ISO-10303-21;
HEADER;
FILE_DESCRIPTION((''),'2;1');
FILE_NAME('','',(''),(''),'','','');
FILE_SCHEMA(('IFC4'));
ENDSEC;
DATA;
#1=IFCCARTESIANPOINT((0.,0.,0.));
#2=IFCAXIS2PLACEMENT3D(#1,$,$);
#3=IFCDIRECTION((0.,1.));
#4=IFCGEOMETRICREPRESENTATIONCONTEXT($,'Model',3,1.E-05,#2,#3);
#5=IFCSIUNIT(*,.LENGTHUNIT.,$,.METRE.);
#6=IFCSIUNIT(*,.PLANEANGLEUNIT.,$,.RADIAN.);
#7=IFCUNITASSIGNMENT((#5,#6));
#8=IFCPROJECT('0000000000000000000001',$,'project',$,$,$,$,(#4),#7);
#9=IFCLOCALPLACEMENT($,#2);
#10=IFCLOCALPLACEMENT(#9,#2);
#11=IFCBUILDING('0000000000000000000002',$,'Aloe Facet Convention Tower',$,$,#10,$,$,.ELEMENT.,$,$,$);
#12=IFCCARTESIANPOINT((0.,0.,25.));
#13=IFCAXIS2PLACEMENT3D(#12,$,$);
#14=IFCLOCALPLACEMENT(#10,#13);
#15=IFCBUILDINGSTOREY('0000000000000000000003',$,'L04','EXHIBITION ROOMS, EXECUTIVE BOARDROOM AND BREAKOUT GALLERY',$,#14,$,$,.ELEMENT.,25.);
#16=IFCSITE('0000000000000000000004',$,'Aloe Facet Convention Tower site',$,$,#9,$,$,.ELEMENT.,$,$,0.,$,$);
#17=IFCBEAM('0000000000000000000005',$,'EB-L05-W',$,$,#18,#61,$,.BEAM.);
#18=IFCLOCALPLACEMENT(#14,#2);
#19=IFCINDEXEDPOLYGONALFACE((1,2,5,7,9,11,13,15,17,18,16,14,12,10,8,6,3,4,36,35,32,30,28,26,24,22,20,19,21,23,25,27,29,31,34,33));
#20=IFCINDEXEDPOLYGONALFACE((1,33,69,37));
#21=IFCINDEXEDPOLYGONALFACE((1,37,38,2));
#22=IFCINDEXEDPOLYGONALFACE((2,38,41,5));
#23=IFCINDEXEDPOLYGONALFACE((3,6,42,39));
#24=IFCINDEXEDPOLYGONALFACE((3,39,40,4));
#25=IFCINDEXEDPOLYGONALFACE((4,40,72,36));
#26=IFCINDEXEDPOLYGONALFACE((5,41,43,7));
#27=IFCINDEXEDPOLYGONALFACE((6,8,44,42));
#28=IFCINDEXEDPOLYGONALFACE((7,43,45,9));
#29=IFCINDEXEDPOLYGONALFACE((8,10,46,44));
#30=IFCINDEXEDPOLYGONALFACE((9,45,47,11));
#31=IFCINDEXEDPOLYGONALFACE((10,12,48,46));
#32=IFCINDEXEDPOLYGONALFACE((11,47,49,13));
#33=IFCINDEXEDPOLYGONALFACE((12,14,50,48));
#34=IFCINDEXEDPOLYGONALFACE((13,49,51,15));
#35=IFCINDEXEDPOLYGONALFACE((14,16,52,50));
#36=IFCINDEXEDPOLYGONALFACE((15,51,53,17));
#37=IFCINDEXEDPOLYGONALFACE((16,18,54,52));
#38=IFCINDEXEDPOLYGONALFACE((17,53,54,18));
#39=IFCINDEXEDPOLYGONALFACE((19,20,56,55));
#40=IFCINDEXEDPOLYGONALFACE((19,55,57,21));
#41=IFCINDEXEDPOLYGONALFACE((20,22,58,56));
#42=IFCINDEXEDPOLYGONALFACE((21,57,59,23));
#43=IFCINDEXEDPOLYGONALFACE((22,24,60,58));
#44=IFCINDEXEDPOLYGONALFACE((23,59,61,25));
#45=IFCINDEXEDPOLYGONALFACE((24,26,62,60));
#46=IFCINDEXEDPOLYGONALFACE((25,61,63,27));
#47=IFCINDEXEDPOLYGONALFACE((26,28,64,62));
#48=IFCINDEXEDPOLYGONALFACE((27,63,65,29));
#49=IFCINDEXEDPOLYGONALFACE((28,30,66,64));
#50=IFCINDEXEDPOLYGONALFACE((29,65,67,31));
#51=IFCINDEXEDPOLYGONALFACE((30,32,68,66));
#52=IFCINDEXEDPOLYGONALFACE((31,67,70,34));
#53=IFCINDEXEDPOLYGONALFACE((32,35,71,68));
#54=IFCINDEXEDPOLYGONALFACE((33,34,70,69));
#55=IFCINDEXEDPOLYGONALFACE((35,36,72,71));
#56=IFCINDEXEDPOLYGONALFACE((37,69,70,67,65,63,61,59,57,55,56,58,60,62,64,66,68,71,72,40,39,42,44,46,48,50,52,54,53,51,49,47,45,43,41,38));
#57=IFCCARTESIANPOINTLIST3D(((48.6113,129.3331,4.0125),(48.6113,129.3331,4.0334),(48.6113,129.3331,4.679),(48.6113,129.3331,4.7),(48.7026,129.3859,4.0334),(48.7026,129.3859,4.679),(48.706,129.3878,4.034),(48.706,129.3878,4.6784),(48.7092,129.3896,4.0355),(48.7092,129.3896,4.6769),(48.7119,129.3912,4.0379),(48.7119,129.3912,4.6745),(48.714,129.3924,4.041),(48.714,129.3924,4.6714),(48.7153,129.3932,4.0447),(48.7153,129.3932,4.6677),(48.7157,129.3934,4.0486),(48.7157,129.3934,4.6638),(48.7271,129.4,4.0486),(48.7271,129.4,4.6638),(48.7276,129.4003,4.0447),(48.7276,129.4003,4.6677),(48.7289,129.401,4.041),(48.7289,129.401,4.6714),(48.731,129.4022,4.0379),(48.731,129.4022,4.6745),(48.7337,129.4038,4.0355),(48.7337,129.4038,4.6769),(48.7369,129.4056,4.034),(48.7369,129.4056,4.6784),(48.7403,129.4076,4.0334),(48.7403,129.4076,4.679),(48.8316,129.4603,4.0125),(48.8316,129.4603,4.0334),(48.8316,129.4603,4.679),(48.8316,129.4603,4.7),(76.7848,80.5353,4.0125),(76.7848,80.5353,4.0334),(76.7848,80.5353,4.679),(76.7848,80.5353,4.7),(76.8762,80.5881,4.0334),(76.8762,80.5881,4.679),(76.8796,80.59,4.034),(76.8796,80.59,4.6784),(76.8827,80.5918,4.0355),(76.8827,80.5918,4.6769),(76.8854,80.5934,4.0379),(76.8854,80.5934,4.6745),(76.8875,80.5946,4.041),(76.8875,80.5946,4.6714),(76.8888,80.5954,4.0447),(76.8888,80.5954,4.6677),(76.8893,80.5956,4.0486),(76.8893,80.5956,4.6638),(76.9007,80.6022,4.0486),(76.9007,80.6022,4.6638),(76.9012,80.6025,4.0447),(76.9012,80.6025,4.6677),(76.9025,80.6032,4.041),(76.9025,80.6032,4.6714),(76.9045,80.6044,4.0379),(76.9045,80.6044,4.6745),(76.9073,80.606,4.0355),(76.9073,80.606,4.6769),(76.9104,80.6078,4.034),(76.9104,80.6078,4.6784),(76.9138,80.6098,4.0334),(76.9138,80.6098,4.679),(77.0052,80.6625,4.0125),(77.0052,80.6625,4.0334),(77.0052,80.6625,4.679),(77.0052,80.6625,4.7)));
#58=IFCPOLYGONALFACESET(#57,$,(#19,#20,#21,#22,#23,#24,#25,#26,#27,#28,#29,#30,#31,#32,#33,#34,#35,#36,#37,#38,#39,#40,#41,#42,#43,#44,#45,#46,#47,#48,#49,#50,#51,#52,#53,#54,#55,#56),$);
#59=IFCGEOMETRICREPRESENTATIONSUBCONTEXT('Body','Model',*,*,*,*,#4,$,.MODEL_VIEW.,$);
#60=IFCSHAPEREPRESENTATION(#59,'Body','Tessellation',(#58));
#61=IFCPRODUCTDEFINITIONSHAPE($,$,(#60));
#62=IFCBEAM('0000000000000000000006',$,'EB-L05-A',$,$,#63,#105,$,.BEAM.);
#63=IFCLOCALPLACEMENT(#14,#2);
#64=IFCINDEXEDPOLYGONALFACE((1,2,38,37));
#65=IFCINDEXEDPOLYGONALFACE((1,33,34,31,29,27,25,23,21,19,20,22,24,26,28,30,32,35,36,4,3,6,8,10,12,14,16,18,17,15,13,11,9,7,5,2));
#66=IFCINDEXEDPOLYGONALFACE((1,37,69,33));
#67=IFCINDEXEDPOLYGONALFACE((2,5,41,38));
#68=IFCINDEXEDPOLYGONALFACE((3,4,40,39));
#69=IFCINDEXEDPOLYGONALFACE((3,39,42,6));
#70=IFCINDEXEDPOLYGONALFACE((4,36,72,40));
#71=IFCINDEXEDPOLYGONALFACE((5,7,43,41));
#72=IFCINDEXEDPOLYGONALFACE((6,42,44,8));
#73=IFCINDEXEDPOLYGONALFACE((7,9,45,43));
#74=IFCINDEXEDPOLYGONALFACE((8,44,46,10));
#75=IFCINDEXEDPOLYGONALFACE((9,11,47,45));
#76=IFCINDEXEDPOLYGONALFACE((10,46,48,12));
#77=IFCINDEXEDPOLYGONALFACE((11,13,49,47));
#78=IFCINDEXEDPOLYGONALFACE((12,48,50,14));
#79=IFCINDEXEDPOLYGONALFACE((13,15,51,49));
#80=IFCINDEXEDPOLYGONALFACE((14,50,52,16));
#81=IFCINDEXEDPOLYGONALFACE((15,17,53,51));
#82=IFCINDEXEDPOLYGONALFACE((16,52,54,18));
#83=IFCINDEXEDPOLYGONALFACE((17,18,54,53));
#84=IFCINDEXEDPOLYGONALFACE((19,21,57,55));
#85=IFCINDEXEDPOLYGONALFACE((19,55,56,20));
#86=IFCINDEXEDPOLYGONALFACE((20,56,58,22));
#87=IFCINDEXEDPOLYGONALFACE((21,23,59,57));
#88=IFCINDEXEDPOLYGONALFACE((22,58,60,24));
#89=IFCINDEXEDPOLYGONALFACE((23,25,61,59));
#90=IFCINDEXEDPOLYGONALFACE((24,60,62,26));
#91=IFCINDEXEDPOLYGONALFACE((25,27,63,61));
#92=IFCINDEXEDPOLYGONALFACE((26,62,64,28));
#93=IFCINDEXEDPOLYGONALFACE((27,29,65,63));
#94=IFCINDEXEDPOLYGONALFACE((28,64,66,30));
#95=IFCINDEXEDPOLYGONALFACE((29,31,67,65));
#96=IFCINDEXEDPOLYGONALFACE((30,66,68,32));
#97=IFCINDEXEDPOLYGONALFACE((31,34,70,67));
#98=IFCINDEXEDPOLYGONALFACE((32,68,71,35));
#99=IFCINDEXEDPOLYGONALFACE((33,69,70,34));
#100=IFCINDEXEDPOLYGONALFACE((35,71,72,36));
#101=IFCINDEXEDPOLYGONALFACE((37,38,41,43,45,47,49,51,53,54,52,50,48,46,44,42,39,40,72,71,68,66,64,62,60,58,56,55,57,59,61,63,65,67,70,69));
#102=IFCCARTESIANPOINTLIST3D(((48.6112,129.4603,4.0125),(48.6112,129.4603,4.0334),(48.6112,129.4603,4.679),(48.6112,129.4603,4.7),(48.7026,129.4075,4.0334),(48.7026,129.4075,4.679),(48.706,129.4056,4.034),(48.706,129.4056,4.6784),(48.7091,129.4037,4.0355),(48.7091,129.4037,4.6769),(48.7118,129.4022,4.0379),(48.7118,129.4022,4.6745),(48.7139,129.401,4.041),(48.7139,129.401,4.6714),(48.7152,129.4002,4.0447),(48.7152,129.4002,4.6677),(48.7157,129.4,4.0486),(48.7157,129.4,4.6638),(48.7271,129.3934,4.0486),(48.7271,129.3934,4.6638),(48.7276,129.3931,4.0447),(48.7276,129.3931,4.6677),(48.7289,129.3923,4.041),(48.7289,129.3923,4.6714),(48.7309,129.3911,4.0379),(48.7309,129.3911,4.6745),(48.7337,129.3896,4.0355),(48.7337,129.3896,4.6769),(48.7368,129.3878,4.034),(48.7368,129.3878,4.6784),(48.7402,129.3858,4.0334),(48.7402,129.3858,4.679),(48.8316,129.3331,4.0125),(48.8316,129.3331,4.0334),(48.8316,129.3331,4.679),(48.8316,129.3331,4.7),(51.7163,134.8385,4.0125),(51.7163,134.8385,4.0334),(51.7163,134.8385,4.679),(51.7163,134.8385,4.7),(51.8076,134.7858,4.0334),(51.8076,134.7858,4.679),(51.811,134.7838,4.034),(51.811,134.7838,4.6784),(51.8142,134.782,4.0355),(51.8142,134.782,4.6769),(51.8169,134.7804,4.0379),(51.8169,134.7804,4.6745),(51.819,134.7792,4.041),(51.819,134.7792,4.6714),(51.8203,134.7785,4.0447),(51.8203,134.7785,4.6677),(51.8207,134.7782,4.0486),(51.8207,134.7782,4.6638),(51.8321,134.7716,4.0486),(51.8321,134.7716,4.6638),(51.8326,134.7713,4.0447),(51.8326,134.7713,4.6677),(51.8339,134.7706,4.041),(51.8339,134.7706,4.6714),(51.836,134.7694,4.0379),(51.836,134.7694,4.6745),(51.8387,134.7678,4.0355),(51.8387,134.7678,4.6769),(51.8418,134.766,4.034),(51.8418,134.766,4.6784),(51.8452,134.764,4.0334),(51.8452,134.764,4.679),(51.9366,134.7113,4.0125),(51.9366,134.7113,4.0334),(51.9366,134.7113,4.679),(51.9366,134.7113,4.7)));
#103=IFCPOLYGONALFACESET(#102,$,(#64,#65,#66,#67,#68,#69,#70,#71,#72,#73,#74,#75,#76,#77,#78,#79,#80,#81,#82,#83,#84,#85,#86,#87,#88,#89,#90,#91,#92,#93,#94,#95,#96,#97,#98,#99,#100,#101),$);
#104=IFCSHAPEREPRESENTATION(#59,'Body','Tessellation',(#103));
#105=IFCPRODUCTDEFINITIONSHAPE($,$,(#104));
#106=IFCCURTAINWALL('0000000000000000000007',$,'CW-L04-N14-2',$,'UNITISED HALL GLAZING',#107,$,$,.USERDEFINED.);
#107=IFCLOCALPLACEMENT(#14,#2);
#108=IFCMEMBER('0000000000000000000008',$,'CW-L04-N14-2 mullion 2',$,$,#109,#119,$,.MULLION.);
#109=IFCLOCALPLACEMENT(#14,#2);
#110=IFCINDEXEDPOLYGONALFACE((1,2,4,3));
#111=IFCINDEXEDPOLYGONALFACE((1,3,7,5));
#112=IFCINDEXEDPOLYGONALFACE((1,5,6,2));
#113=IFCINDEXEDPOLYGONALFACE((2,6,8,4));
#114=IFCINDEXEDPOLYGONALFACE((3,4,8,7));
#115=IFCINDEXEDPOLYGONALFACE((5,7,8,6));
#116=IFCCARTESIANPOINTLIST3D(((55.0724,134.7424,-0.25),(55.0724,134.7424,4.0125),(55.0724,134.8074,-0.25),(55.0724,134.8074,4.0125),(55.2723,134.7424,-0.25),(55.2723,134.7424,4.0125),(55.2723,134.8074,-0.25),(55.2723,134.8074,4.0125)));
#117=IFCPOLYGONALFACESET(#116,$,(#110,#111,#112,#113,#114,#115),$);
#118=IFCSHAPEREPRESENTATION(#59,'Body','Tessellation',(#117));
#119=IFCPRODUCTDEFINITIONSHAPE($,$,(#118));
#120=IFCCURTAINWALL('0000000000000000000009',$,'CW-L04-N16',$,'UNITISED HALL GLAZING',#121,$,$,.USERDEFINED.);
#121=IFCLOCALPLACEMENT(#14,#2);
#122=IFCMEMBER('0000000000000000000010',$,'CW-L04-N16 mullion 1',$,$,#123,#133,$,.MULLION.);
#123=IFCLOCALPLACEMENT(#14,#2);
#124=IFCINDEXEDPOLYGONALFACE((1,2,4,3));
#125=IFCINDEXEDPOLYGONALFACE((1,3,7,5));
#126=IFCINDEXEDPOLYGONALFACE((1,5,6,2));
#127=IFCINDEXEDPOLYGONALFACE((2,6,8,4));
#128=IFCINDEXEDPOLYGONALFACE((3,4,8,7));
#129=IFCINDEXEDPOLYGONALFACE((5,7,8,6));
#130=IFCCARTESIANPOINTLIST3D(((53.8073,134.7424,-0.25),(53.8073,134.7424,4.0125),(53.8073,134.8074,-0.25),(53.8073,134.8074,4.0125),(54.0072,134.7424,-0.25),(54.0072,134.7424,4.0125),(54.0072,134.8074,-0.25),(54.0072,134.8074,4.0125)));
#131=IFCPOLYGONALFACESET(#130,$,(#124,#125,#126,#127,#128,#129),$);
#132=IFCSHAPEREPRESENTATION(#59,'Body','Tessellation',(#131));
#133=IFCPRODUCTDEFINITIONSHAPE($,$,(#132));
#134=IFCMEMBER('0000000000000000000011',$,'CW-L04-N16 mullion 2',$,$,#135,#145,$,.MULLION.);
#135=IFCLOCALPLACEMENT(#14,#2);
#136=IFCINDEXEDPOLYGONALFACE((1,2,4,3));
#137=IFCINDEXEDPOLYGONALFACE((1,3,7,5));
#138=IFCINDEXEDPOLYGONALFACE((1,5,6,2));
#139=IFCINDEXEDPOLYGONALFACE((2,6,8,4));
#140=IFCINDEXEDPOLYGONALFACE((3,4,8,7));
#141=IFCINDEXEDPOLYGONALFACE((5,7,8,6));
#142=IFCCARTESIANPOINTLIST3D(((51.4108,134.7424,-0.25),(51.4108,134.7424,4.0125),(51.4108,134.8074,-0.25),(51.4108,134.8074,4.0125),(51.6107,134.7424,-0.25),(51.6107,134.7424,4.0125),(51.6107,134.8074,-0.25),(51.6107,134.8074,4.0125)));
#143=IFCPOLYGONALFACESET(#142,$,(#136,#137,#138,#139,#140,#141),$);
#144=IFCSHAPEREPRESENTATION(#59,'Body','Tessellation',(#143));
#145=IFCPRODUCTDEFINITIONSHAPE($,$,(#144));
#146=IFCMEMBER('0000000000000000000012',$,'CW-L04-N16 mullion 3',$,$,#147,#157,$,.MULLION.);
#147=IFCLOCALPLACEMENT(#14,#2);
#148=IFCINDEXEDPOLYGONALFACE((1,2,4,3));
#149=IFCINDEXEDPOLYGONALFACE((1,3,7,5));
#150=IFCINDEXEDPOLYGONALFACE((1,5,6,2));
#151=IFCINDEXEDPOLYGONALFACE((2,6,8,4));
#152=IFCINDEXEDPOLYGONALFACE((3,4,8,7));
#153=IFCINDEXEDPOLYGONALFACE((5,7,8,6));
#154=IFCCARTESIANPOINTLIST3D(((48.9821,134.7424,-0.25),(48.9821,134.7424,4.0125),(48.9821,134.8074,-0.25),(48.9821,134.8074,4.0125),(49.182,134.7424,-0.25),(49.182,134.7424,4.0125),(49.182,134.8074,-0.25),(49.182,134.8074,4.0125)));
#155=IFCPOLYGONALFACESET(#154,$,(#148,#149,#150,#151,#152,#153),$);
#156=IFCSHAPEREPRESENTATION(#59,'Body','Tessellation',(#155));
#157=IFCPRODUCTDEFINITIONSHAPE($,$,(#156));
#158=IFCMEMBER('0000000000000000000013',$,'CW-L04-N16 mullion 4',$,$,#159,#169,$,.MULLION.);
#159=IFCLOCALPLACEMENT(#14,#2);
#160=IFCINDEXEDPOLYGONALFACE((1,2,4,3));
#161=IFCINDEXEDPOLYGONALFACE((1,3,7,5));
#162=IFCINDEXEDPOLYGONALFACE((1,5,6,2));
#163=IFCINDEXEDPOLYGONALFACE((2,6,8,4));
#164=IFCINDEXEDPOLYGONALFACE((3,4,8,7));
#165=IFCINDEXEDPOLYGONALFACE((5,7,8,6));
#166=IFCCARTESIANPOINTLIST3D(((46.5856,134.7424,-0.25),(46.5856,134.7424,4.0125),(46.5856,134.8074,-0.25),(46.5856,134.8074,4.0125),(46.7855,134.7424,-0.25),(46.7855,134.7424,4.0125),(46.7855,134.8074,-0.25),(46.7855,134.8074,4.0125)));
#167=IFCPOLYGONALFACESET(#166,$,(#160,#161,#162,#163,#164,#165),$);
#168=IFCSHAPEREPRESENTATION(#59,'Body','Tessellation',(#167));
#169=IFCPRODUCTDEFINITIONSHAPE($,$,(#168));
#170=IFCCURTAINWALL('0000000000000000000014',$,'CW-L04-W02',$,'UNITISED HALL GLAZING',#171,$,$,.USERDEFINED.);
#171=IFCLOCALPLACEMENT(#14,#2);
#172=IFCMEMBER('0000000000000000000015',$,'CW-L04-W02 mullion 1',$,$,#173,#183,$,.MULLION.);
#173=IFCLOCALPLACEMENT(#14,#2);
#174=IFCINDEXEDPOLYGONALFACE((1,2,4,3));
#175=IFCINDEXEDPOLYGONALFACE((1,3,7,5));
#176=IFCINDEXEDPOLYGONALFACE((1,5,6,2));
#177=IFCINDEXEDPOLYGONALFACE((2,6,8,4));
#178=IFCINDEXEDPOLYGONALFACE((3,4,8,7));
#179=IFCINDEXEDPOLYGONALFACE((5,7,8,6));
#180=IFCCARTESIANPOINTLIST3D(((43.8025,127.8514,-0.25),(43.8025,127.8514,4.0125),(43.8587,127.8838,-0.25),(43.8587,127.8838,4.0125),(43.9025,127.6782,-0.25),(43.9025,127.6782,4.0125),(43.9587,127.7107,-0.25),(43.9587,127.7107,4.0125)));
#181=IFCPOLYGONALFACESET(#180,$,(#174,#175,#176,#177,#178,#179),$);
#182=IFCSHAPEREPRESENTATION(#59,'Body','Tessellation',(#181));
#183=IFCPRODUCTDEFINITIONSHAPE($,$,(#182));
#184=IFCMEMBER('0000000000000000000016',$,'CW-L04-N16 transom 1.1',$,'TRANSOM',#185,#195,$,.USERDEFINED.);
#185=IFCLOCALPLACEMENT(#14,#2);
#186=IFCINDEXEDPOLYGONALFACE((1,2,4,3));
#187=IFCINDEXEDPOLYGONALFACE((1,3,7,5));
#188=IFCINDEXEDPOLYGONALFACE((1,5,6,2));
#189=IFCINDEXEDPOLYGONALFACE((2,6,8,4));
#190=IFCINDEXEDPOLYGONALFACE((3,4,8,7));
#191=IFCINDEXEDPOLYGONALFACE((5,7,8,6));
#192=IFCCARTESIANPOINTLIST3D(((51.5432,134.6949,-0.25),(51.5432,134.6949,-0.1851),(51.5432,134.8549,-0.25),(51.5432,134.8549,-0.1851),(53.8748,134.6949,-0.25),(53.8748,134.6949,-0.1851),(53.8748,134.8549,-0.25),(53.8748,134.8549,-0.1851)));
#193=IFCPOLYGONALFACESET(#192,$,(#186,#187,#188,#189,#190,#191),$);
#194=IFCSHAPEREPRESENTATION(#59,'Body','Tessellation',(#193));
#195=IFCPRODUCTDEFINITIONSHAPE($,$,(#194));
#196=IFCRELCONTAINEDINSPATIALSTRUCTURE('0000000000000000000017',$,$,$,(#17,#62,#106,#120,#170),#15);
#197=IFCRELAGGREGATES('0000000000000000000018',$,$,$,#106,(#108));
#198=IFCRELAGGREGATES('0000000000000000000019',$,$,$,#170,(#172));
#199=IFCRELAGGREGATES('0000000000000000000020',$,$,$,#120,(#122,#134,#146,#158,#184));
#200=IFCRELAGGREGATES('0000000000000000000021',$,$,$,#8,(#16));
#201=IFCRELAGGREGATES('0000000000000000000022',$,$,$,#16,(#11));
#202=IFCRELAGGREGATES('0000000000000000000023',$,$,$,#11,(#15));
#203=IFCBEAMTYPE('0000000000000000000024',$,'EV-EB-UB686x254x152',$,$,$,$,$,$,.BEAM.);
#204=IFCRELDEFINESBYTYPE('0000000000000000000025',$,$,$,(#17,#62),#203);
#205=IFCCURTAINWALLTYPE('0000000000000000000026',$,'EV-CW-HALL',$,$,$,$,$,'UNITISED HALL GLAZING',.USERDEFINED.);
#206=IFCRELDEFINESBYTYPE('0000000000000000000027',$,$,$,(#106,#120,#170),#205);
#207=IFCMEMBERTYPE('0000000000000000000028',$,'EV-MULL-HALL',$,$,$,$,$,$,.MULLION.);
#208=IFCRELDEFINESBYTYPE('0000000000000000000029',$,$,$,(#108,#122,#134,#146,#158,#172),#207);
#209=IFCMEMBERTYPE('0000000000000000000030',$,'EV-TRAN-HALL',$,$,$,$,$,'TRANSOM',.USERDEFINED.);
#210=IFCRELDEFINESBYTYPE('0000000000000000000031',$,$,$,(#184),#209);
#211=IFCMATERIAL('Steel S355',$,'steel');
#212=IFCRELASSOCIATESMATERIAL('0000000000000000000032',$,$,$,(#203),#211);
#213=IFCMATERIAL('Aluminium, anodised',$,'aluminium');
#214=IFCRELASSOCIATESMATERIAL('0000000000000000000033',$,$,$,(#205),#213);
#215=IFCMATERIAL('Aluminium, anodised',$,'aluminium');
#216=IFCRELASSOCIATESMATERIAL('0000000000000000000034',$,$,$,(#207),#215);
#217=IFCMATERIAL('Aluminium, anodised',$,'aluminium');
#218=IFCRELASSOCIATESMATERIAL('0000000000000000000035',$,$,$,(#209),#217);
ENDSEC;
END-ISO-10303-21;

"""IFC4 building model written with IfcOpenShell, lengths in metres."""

from ifc_helpers import new_model, si_unit, direction, frame, origin, origin_2d, place, context, subcontext, project, spatial, rectangle, i_section, extrude, material, material_profile, profile_set, type_object, element, aggregate, save


model = new_model("IFC4")

# Units and contexts
model_context = context("Model", 3, precision=1e-05, world=origin(), true_north=direction((0.0, 1.0)))
body_context = subcontext(model_context, "Body", "Model", "MODEL_VIEW")
ifc_project = project(units=[si_unit("LENGTHUNIT", "METRE"), si_unit("PLANEANGLEUNIT", "RADIAN")], contexts=[model_context])

# Site, building, storey
site_placement = place(None, origin())
site = spatial("IfcSite", under=ifc_project, at=site_placement, Name="Aloe Facet Convention Tower site", CompositionType="ELEMENT", RefElevation=0.0)
building_placement = place(site_placement, origin())
building = spatial("IfcBuilding", under=site, at=building_placement, Name="Aloe Facet Convention Tower", CompositionType="ELEMENT")
storey_placement = place(building_placement, frame((0.0, 0.0, 25.0)))
storey = spatial("IfcBuildingStorey", under=building, at=storey_placement, Name="L04", Description="EXHIBITION ROOMS, EXECUTIVE BOARDROOM AND BREAKOUT GALLERY", CompositionType="ELEMENT", Elevation=25.0)

# Beams
ifc_material_1 = material(Name="Steel S355", Category="steel")
ifc_material_profile_1 = material_profile(ifc_material_1, i_section(OverallWidth=0.2544, OverallDepth=0.6875, WebThickness=0.0132, FlangeThickness=0.021, FilletRadius=0.0151, at=origin_2d()), Name="UB 686x254x152")
ifc_profile_set_1 = profile_set([ifc_material_profile_1], Name="Steel S355")
beam_type_1 = type_object("IfcBeamType", Name="EV-EB-UB686x254x152", PredefinedType="BEAM", material=ifc_profile_set_1)
beam_1_placement = place(storey_placement, frame((48.7214, 129.3967, 4.3562), z_axis=(0.500002, -0.866024, 0.0), x_axis=(0.866024, 0.500002, 0.0)))
element("IfcBeam", 1, at=beam_1_placement, inside=storey, type_object=beam_type_1, Name="EB-L05-W", PredefinedType="BEAM", context=body_context, shape_type="SweptSolid", body=[
    extrude(i_section(OverallWidth=0.2544, OverallDepth=0.6875, WebThickness=0.0132, FlangeThickness=0.021, FilletRadius=0.0151, at=origin_2d()), origin(), (0.0, 0.0, 1.0), 56.3469),
])
beam_2_placement = place(storey_placement, frame((51.8264, 134.7749, 4.3562), z_axis=(-0.499987, -0.866033, 0.0), x_axis=(0.866033, -0.499987, 0.0)))
element("IfcBeam", 2, at=beam_2_placement, inside=storey, type_object=beam_type_1, Name="EB-L05-A", PredefinedType="BEAM", context=body_context, shape_type="SweptSolid", body=[
    extrude(i_section(OverallWidth=0.2544, OverallDepth=0.6875, WebThickness=0.0132, FlangeThickness=0.021, FilletRadius=0.0151, at=origin_2d()), origin(), (0.0, 0.0, 1.0), 6.2102),
])

# Curtain wall, member
ifc_material_2 = material(Name="Aluminium, anodised", Category="aluminium")
curtain_wall_type = type_object("IfcCurtainWallType", Name="EV-CW-HALL", ElementType="UNITISED HALL GLAZING", PredefinedType="USERDEFINED", material=ifc_material_2)
curtain_wall_1_placement = place(storey_placement, origin())
curtain_wall_1 = element("IfcCurtainWall", 3, at=curtain_wall_1_placement, inside=storey, type_object=curtain_wall_type, Name="CW-L04-N14-2", ObjectType="UNITISED HALL GLAZING", PredefinedType="USERDEFINED")
ifc_material_3 = material(Name="Aluminium, anodised", Category="aluminium")
ifc_material_profile_2 = material_profile(ifc_material_3, rectangle(XDim=0.0649, YDim=0.2, at=origin_2d()), Name="AL 65x200")
ifc_profile_set_2 = profile_set([ifc_material_profile_2], Name="Aluminium, anodised")
member_type_1 = type_object("IfcMemberType", Name="EV-MULL-HALL", PredefinedType="MULLION", material=ifc_profile_set_2)
member_1_placement = place(storey_placement, frame((55.1724, 134.7749, -0.25), z_axis=(0.0, 0.0, 1.0), x_axis=(0.0, -1.0, 0.0)))
member_1 = element("IfcMember", 4, at=member_1_placement, type_object=member_type_1, Name="CW-L04-N14-2 mullion 2", PredefinedType="MULLION", context=body_context, shape_type="SweptSolid", body=[
    extrude(rectangle(XDim=0.0649, YDim=0.2, at=origin_2d()), origin(), (0.0, 0.0, 1.0), 4.2625),
])
aggregate(curtain_wall_1, [member_1])

# Curtain wall, members
curtain_wall_2_placement = place(storey_placement, origin())
curtain_wall_2 = element("IfcCurtainWall", 5, at=curtain_wall_2_placement, inside=storey, type_object=curtain_wall_type, Name="CW-L04-N16", ObjectType="UNITISED HALL GLAZING", PredefinedType="USERDEFINED")
member_2_placement = place(storey_placement, frame((53.9072, 134.7749, -0.25), z_axis=(0.0, 0.0, 1.0), x_axis=(0.0, -1.0, 0.0)))
member_2 = element("IfcMember", 6, at=member_2_placement, type_object=member_type_1, Name="CW-L04-N16 mullion 1", PredefinedType="MULLION", context=body_context, shape_type="SweptSolid", body=[
    extrude(rectangle(XDim=0.0649, YDim=0.2, at=origin_2d()), origin(), (0.0, 0.0, 1.0), 4.2625),
])
member_3_placement = place(storey_placement, frame((51.5107, 134.7749, -0.25), z_axis=(0.0, 0.0, 1.0), x_axis=(0.0, -1.0, 0.0)))
member_3 = element("IfcMember", 7, at=member_3_placement, type_object=member_type_1, Name="CW-L04-N16 mullion 2", PredefinedType="MULLION", context=body_context, shape_type="SweptSolid", body=[
    extrude(rectangle(XDim=0.0649, YDim=0.2, at=origin_2d()), origin(), (0.0, 0.0, 1.0), 4.2625),
])
member_4_placement = place(storey_placement, frame((49.082, 134.7749, -0.25), z_axis=(0.0, 0.0, 1.0), x_axis=(0.0, -1.0, 0.0)))
member_4 = element("IfcMember", 8, at=member_4_placement, type_object=member_type_1, Name="CW-L04-N16 mullion 3", PredefinedType="MULLION", context=body_context, shape_type="SweptSolid", body=[
    extrude(rectangle(XDim=0.0649, YDim=0.2, at=origin_2d()), origin(), (0.0, 0.0, 1.0), 4.2625),
])
member_5_placement = place(storey_placement, frame((46.6855, 134.7749, -0.25), z_axis=(0.0, 0.0, 1.0), x_axis=(0.0, -1.0, 0.0)))
member_5 = element("IfcMember", 9, at=member_5_placement, type_object=member_type_1, Name="CW-L04-N16 mullion 4", PredefinedType="MULLION", context=body_context, shape_type="SweptSolid", body=[
    extrude(rectangle(XDim=0.0649, YDim=0.2, at=origin_2d()), origin(), (0.0, 0.0, 1.0), 4.2625),
])

# Curtain wall, member
curtain_wall_3_placement = place(storey_placement, origin())
curtain_wall_3 = element("IfcCurtainWall", 10, at=curtain_wall_3_placement, inside=storey, type_object=curtain_wall_type, Name="CW-L04-W02", ObjectType="UNITISED HALL GLAZING", PredefinedType="USERDEFINED")
member_6_placement = place(storey_placement, frame((43.8806, 127.781, -0.25), z_axis=(0.0, 0.0, 1.0), x_axis=(0.866025, 0.5, 0.0)))
member_6 = element("IfcMember", 11, at=member_6_placement, type_object=member_type_1, Name="CW-L04-W02 mullion 1", PredefinedType="MULLION", context=body_context, shape_type="SweptSolid", body=[
    extrude(rectangle(XDim=0.0649, YDim=0.2, at=origin_2d()), origin(), (0.0, 0.0, 1.0), 4.2625),
])
aggregate(curtain_wall_3, [member_6])

# Member
ifc_material_4 = material(Name="Aluminium, anodised", Category="aluminium")
ifc_material_profile_3 = material_profile(ifc_material_4, rectangle(XDim=0.1599, YDim=0.0649, at=origin_2d()), Name="AL 160x65")
ifc_profile_set_3 = profile_set([ifc_material_profile_3], Name="Aluminium, anodised")
member_type_2 = type_object("IfcMemberType", Name="EV-TRAN-HALL", ElementType="TRANSOM", PredefinedType="USERDEFINED", material=ifc_profile_set_3)
member_7_placement = place(storey_placement, frame((53.8748, 134.7749, -0.2175), z_axis=(-1.0, 0.0, 0.0), x_axis=(0.0, -1.0, 0.0)))
member_7 = element("IfcMember", 12, at=member_7_placement, type_object=member_type_2, Name="CW-L04-N16 transom 1.1", ObjectType="TRANSOM", PredefinedType="USERDEFINED", context=body_context, shape_type="SweptSolid", body=[
    extrude(rectangle(XDim=0.1599, YDim=0.0649, at=origin_2d()), origin(), (0.0, 0.0, 1.0), 2.3315),
])

aggregate(curtain_wall_2, [member_2, member_3, member_4, member_5, member_7])

save(model, "model.ifc")
